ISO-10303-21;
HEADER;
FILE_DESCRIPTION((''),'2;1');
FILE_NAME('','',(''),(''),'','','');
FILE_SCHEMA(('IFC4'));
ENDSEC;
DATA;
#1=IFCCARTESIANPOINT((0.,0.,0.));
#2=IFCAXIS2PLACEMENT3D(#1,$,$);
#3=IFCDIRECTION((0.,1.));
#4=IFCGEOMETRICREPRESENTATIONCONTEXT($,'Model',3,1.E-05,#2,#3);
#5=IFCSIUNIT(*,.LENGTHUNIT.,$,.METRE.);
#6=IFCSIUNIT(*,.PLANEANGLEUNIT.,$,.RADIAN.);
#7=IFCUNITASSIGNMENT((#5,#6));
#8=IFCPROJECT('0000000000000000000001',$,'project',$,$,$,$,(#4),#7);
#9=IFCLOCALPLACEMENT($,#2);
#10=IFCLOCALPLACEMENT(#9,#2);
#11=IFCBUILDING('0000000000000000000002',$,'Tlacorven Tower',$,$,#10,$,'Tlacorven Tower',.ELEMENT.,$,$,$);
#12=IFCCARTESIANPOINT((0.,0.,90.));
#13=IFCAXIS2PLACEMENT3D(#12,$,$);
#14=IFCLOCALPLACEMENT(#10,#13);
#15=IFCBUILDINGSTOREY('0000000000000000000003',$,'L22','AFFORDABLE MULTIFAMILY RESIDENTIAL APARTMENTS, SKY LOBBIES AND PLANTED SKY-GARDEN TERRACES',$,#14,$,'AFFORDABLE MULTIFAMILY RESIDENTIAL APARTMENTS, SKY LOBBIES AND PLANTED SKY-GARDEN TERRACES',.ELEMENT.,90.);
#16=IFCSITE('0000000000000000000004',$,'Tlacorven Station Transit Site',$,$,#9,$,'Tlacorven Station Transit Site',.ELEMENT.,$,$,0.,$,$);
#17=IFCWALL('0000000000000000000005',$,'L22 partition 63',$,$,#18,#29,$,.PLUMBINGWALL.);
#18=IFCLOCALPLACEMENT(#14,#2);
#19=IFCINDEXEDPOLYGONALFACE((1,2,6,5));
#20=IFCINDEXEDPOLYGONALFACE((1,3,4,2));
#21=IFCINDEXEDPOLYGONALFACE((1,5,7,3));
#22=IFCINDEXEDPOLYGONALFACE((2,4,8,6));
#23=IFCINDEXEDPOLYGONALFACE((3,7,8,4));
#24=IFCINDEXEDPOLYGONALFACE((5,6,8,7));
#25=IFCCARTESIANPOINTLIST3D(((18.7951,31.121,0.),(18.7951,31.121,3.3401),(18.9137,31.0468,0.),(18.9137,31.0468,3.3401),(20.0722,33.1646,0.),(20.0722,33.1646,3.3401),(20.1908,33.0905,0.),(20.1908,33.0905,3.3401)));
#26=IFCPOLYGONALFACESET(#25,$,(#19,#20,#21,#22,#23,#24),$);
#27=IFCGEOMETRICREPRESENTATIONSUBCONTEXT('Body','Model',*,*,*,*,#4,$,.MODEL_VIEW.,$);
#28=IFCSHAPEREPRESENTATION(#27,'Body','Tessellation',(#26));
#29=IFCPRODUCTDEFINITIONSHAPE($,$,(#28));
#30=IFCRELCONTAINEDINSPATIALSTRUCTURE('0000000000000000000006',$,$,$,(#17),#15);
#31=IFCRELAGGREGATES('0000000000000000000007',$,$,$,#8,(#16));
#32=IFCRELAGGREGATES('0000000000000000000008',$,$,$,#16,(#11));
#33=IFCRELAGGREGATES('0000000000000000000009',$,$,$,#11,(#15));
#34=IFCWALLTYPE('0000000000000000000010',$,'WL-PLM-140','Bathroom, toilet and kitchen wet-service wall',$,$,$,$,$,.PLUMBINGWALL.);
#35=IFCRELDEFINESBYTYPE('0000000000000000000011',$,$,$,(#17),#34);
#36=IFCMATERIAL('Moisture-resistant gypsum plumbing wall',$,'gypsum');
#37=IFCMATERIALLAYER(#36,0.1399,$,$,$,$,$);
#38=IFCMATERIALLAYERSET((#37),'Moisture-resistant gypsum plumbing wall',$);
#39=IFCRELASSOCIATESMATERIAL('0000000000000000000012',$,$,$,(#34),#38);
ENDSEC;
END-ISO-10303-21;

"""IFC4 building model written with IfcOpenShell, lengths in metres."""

from ifc_helpers import new_model, si_unit, direction, frame, frame_2d, origin, place, context, subcontext, project, spatial, rectangle, extrude, material, layer, layer_set, type_object, element, save


model = new_model("IFC4")

# Units and contexts
model_context = context("Model", 3, precision=1e-05, world=origin(), true_north=direction((0.0, 1.0)))
body_context = subcontext(model_context, "Body", "Model", "MODEL_VIEW")
ifc_project = project(units=[si_unit("LENGTHUNIT", "METRE"), si_unit("PLANEANGLEUNIT", "RADIAN")], contexts=[model_context])

# Site, building, storey
site_placement = place(None, origin())
site = spatial("IfcSite", under=ifc_project, at=site_placement, Name="Tlacorven Station Transit Site", LongName="Tlacorven Station Transit Site", CompositionType="ELEMENT", RefElevation=0.0)
building_placement = place(site_placement, origin())
building = spatial("IfcBuilding", under=site, at=building_placement, Name="Tlacorven Tower", LongName="Tlacorven Tower", CompositionType="ELEMENT")
storey_placement = place(building_placement, frame((0.0, 0.0, 90.0)))
storey = spatial("IfcBuildingStorey", under=building, at=storey_placement, Name="L22", Description="AFFORDABLE MULTIFAMILY RESIDENTIAL APARTMENTS, SKY LOBBIES AND PLANTED SKY-GARDEN TERRACES", LongName="AFFORDABLE MULTIFAMILY RESIDENTIAL APARTMENTS, SKY LOBBIES AND PLANTED SKY-GARDEN TERRACES", CompositionType="ELEMENT", Elevation=90.0)

# Shared definitions
ifc_material_1 = material(Name="Moisture-resistant gypsum plumbing wall", Category="gypsum")
ifc_layer_1 = layer(ifc_material_1, 0.1399)
ifc_layer_set_1 = layer_set([ifc_layer_1], Name="Moisture-resistant gypsum plumbing wall")
wall_type_1 = type_object("IfcWallType", Name="WL-PLM-140", Description="Bathroom, toilet and kitchen wet-service wall", PredefinedType="PLUMBINGWALL", material=ifc_layer_set_1)

# Wall
wall_1_placement = place(storey_placement, frame((20.1316, 33.1277, 0.0), z_axis=(0.0, 0.0, 1.0), x_axis=(-0.529935, -0.848038, 0.0)))
element("IfcWall", 1, at=wall_1_placement, inside=storey, type_object=wall_type_1, Name="L22 partition 63", PredefinedType="PLUMBINGWALL", context=body_context, shape_type="SweptSolid", body=[
    extrude(rectangle(XDim=2.4099, YDim=0.1399, at=frame_2d((1.2051, 0.0))), origin(), (0.0, 0.0, 1.0), 3.3401),
])

save(model, "model.ifc")
